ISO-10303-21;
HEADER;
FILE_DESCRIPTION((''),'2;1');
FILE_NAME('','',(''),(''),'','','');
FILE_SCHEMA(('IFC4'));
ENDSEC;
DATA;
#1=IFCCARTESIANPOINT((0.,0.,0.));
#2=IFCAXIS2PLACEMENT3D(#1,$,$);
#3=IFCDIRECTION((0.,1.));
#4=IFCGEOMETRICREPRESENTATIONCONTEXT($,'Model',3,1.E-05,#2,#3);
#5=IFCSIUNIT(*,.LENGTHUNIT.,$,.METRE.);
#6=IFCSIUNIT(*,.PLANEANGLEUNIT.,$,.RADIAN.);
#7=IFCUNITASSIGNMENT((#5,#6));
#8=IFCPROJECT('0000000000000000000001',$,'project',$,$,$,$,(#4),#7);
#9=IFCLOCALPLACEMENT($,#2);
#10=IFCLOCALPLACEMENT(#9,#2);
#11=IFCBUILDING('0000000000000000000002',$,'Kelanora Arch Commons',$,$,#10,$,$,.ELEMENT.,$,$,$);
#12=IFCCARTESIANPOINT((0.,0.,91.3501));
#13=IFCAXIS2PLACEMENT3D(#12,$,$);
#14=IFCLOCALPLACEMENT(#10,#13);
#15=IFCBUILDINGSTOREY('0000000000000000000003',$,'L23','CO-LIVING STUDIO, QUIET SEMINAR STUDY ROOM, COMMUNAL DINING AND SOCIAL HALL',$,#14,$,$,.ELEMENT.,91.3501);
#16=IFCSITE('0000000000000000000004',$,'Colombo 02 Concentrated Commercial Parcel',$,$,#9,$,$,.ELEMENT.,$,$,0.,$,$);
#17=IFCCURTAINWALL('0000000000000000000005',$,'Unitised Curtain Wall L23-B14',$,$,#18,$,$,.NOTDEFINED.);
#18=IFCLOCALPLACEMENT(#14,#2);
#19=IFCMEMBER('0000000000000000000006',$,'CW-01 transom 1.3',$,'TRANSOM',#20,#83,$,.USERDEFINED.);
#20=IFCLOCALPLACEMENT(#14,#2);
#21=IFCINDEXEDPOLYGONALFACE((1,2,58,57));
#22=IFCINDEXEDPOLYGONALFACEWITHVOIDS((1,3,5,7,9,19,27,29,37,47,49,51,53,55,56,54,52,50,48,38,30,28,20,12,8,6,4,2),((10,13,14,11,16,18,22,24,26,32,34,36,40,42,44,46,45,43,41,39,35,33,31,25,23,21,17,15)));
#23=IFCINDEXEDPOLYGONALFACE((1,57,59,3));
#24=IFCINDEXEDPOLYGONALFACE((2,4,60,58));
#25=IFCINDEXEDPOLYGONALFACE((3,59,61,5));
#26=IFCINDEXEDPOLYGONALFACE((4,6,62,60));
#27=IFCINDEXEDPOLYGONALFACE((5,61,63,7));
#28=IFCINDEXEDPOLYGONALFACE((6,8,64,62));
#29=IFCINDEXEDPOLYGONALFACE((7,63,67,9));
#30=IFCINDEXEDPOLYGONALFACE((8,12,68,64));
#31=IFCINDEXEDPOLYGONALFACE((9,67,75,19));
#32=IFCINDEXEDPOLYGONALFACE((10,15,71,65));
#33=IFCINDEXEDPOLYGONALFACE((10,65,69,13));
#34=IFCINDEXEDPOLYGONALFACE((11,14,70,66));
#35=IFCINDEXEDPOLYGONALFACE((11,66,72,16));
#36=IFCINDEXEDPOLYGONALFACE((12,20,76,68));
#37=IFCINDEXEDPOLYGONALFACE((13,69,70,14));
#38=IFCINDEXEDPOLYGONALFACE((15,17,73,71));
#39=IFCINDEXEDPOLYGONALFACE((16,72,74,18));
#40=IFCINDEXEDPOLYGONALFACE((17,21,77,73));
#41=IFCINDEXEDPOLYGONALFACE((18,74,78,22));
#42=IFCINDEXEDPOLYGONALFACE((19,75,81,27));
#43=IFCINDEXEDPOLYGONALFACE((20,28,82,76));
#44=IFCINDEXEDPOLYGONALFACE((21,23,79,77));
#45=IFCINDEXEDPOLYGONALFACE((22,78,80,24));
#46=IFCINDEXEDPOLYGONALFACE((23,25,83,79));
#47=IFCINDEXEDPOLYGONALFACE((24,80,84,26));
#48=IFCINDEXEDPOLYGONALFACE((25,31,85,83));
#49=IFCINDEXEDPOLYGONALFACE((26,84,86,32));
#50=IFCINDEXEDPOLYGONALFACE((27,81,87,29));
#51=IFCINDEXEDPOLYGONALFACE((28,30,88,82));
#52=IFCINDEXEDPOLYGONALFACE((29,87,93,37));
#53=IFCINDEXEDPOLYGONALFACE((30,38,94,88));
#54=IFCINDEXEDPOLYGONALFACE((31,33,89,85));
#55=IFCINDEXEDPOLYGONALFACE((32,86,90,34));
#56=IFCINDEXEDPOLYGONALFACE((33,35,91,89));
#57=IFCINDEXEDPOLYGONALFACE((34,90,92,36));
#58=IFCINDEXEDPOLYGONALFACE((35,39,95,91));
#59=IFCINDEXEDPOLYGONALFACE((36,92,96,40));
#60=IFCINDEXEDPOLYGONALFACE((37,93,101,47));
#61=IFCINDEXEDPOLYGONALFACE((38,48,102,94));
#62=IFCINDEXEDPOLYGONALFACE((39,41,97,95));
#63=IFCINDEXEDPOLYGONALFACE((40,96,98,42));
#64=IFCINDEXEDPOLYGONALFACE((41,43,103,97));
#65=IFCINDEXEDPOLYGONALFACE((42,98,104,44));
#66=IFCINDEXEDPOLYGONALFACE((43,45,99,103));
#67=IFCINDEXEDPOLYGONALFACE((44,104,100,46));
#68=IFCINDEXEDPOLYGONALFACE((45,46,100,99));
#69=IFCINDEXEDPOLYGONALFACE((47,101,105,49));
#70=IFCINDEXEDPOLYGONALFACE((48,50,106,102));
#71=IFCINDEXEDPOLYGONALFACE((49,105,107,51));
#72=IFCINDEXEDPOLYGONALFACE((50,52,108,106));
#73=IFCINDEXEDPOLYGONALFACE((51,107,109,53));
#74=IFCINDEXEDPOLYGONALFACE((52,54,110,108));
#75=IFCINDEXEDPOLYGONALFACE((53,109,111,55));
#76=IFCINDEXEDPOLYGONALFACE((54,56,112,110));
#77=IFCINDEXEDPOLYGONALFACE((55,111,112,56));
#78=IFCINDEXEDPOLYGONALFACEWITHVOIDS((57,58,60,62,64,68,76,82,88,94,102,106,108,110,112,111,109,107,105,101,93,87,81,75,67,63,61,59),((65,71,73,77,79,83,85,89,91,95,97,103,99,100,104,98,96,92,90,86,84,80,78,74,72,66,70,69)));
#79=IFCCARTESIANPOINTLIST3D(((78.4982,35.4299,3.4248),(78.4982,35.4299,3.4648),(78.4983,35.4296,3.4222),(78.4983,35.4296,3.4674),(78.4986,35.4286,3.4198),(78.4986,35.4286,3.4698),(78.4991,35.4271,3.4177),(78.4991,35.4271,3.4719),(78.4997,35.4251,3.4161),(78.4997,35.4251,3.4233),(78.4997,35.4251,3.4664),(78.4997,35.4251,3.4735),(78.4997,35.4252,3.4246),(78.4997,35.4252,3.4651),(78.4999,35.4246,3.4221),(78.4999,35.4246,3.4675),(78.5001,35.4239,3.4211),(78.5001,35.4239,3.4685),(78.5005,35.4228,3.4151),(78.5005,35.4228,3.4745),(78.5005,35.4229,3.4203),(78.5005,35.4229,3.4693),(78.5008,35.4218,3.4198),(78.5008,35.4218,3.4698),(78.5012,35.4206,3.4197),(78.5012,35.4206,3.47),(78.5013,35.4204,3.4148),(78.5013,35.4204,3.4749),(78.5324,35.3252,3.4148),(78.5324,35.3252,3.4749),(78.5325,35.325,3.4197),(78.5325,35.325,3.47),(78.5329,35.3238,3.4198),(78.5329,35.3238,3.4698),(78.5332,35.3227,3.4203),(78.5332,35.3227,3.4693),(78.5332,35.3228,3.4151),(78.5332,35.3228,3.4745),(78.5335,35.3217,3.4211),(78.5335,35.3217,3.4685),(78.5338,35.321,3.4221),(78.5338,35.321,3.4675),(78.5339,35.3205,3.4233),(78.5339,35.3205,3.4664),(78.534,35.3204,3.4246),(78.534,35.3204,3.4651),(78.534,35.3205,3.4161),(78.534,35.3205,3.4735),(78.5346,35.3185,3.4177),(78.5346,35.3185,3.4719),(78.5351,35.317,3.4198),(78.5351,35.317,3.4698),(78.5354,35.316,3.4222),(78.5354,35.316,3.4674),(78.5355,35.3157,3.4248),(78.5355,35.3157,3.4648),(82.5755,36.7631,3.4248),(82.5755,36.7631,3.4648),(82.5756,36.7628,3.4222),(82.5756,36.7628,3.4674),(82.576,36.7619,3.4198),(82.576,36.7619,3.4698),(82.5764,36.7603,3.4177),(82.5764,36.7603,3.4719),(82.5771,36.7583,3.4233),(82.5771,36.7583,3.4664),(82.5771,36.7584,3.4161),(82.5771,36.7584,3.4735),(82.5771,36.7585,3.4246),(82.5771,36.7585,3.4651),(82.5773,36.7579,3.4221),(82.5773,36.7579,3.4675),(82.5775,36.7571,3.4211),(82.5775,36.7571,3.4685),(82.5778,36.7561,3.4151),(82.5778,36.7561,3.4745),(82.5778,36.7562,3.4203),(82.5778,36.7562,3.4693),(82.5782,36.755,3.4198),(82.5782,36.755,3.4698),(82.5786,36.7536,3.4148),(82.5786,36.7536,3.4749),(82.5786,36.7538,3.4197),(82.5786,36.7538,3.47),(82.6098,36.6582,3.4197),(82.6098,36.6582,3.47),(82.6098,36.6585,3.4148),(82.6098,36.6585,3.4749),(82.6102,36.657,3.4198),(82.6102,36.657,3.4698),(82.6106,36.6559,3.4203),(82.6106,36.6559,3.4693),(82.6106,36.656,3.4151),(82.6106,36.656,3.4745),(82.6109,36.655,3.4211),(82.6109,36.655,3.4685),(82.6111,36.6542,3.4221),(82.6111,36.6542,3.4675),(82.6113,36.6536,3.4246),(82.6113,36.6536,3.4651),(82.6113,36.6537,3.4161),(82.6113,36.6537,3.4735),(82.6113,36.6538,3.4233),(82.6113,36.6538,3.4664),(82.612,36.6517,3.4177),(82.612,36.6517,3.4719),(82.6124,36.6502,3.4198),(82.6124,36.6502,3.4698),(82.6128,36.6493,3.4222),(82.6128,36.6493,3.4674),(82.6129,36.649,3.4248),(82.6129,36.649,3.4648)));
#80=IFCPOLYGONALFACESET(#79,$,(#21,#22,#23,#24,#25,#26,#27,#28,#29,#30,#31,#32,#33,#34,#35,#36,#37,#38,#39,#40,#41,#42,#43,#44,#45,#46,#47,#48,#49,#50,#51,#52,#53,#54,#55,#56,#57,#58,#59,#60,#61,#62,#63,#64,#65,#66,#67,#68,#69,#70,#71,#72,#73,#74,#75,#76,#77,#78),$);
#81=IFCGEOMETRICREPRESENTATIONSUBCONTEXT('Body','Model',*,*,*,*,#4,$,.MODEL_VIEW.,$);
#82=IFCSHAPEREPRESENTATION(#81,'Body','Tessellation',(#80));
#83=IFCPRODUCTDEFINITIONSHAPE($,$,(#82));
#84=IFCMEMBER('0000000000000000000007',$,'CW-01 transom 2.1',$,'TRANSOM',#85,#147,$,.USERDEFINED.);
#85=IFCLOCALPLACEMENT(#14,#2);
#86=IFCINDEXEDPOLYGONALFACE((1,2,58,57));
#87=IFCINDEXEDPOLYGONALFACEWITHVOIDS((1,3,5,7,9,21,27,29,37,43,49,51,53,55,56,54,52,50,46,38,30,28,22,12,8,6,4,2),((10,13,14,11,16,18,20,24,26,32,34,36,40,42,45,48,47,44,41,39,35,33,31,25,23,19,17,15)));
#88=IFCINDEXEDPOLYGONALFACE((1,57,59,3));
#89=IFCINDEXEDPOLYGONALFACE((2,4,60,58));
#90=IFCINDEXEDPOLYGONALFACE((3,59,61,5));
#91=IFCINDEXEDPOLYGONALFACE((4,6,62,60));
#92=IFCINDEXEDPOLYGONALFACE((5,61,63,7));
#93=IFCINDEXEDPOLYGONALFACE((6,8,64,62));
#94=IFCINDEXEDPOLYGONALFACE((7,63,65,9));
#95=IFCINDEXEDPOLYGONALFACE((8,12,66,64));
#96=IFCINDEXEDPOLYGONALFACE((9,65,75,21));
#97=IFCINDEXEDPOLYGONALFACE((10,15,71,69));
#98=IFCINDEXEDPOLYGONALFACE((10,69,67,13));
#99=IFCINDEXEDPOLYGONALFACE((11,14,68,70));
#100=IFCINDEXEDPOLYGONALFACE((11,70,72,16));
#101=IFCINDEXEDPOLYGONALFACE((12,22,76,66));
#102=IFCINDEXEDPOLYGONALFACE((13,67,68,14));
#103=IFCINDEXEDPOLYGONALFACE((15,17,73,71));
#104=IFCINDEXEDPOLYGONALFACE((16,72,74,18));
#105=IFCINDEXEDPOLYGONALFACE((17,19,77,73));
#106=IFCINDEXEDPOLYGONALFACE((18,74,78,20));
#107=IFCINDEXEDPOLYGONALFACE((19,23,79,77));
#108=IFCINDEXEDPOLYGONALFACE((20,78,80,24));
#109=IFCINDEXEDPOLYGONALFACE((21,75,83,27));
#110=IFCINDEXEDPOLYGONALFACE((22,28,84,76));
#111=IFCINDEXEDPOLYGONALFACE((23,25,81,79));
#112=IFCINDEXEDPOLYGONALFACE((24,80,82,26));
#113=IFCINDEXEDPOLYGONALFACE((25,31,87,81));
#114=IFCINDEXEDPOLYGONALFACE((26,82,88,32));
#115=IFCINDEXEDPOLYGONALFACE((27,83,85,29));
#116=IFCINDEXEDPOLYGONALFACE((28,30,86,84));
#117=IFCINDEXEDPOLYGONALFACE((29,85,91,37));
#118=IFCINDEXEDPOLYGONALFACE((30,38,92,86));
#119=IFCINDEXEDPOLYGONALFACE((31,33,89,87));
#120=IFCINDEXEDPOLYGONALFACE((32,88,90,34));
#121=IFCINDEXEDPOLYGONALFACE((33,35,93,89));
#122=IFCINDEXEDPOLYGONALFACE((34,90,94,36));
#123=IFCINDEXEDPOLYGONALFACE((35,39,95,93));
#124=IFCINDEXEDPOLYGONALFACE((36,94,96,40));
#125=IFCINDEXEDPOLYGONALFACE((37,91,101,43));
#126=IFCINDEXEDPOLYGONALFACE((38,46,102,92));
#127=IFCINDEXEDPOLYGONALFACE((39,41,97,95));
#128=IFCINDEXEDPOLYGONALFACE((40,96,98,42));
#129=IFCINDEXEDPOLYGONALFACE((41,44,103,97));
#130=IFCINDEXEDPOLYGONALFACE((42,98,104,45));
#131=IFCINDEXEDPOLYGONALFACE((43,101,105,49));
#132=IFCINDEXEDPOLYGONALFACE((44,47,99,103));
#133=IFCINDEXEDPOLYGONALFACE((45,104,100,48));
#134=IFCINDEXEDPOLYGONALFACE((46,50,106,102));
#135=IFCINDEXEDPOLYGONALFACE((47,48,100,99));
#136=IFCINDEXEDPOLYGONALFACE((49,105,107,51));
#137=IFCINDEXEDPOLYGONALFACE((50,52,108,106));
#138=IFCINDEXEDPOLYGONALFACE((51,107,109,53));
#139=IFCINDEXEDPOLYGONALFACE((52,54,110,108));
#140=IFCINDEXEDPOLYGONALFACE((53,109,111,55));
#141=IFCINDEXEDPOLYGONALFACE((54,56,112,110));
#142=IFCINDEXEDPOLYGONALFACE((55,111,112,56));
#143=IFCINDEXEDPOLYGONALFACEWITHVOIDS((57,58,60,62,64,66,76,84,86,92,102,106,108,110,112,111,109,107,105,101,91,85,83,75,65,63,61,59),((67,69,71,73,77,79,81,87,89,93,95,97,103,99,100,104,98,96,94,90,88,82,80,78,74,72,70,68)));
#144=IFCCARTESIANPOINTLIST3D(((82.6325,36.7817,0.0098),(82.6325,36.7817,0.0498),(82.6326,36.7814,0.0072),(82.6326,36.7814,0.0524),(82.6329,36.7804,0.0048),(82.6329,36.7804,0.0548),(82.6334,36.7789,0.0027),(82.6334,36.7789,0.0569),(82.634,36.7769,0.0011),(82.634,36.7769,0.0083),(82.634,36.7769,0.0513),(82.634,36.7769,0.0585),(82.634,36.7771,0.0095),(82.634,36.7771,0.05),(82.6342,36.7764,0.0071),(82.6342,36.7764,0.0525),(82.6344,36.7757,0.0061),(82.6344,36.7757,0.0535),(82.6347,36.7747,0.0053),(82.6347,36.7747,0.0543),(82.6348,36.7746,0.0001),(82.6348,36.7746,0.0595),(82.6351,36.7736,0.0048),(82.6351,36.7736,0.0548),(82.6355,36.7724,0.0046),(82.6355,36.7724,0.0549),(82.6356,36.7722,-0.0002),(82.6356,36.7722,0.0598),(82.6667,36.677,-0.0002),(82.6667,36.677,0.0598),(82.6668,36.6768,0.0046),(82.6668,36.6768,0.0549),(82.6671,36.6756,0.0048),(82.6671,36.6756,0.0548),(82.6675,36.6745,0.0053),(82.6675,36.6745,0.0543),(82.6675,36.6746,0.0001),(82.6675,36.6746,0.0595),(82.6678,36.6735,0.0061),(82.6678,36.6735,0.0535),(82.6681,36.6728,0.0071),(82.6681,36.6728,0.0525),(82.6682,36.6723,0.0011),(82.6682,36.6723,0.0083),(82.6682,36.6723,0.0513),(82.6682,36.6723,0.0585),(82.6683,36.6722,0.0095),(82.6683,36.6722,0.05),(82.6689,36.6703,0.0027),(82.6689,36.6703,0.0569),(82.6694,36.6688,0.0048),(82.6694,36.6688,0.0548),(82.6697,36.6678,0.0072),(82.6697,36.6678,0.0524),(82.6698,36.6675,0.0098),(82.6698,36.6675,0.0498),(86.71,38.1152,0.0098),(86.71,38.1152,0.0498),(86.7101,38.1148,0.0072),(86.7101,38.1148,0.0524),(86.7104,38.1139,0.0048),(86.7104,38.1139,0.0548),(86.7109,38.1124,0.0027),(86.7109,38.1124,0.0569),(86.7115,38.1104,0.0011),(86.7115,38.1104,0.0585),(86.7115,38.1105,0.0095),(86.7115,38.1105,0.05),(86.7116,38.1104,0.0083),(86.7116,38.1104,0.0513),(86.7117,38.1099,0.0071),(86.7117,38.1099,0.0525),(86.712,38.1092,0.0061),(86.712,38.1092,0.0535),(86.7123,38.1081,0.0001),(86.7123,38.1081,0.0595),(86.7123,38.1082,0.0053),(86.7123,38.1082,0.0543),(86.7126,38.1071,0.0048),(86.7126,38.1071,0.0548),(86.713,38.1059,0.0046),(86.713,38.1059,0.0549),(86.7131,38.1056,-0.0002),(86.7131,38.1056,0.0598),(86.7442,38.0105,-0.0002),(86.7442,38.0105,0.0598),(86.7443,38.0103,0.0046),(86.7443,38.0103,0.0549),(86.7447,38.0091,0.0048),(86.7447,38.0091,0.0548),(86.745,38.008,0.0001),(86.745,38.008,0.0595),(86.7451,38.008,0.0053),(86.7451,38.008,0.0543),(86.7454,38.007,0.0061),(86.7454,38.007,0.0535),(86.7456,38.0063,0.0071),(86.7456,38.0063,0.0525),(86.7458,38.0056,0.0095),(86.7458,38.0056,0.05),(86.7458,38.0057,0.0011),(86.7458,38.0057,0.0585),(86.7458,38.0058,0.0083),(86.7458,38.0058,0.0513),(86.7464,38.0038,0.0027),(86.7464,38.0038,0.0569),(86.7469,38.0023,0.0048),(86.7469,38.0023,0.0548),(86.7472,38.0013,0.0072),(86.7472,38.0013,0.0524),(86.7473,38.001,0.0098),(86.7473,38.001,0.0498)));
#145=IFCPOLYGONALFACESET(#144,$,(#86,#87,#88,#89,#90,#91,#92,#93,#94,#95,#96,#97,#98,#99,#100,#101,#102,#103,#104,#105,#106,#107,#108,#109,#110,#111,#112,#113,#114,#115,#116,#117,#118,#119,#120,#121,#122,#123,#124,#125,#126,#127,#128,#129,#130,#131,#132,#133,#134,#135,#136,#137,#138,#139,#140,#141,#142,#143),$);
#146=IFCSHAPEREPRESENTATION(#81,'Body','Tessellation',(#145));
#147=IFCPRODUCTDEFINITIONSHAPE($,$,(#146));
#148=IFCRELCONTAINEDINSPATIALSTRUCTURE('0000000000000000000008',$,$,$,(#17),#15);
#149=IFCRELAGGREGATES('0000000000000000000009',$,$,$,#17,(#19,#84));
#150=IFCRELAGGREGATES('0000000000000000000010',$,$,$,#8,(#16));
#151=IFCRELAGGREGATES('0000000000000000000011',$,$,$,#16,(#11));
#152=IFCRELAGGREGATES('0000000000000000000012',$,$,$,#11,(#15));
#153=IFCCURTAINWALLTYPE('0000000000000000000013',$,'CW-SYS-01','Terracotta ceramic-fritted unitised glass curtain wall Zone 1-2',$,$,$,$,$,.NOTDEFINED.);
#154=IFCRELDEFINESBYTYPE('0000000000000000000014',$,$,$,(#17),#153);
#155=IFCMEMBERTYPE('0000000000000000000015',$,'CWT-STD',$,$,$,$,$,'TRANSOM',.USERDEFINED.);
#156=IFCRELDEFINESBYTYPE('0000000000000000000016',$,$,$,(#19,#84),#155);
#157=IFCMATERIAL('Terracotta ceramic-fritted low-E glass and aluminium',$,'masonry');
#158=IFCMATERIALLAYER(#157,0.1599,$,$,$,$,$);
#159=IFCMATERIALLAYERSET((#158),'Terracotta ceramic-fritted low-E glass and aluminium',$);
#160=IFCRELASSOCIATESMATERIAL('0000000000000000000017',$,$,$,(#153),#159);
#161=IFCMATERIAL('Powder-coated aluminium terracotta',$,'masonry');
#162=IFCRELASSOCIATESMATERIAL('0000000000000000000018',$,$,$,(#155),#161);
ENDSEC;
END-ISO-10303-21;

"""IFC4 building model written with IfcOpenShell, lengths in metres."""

from ifc_helpers import new_model, si_unit, direction, frame, origin, origin_2d, place, context, subcontext, project, spatial, hollow_rectangle, extrude, material, layer, layer_set, material_profile, profile_set, type_object, element, aggregate, save


model = new_model("IFC4")

# Units and contexts
model_context = context("Model", 3, precision=1e-05, world=origin(), true_north=direction((0.0, 1.0)))
body_context = subcontext(model_context, "Body", "Model", "MODEL_VIEW")
ifc_project = project(units=[si_unit("LENGTHUNIT", "METRE"), si_unit("PLANEANGLEUNIT", "RADIAN")], contexts=[model_context])

# Site, building, storey
site_placement = place(None, origin())
site = spatial("IfcSite", under=ifc_project, at=site_placement, Name="Colombo 02 Concentrated Commercial Parcel", CompositionType="ELEMENT", RefElevation=0.0)
building_placement = place(site_placement, origin())
building = spatial("IfcBuilding", under=site, at=building_placement, Name="Kelanora Arch Commons", CompositionType="ELEMENT")
storey_placement = place(building_placement, frame((0.0, 0.0, 91.3501)))
storey = spatial("IfcBuildingStorey", under=building, at=storey_placement, Name="L23", Description="CO-LIVING STUDIO, QUIET SEMINAR STUDY ROOM, COMMUNAL DINING AND SOCIAL HALL", CompositionType="ELEMENT", Elevation=91.3501)

# Curtain wall, members
ifc_material_1 = material(Name="Terracotta ceramic-fritted low-E glass and aluminium", Category="masonry")
ifc_layer_1 = layer(ifc_material_1, 0.1599)
ifc_layer_set_1 = layer_set([ifc_layer_1], Name="Terracotta ceramic-fritted low-E glass and aluminium")
curtain_wall_type = type_object("IfcCurtainWallType", Name="CW-SYS-01", Description="Terracotta ceramic-fritted unitised glass curtain wall Zone 1-2", PredefinedType="NOTDEFINED", material=ifc_layer_set_1)
curtain_wall_placement = place(storey_placement, origin())
curtain_wall = element("IfcCurtainWall", 1, at=curtain_wall_placement, inside=storey, type_object=curtain_wall_type, Name="Unitised Curtain Wall L23-B14", PredefinedType="NOTDEFINED")
ifc_material_2 = material(Name="Powder-coated aluminium terracotta", Category="masonry")
ifc_material_profile_1 = material_profile(ifc_material_2, hollow_rectangle(XDim=0.1201, YDim=0.0601, WallThickness=0.0049, InnerFilletRadius=0.0049, OuterFilletRadius=0.01, at=origin_2d()), Name="CWT120x60")
ifc_profile_set_1 = profile_set([ifc_material_profile_1], Name="Powder-coated aluminium terracotta")
member_type_1 = type_object("IfcMemberType", Name="CWT-STD", ElementType="TRANSOM", PredefinedType="USERDEFINED", material=ifc_profile_set_1)
member_1_placement = place(storey_placement, frame((78.5168, 35.3728, 3.4448), z_axis=(0.950478, 0.310793, 0.0), x_axis=(-0.310793, 0.950478, 0.0)))
member_1 = element("IfcMember", 2, at=member_1_placement, type_object=member_type_1, Name="CW-01 transom 1.3", ObjectType="TRANSOM", PredefinedType="USERDEFINED", context=body_context, shape_type="SweptSolid", body=[
    extrude(hollow_rectangle(XDim=0.1201, YDim=0.0601, WallThickness=0.0049, InnerFilletRadius=0.0049, OuterFilletRadius=0.01, at=origin_2d()), origin(), (0.0, 0.0, 1.0), 4.2898),
])
member_2_placement = place(storey_placement, frame((82.6511, 36.7246, 0.0298), z_axis=(0.950466, 0.310828, 0.0), x_axis=(-0.310828, 0.950466, 0.0)))
member_2 = element("IfcMember", 3, at=member_2_placement, type_object=member_type_1, Name="CW-01 transom 2.1", ObjectType="TRANSOM", PredefinedType="USERDEFINED", context=body_context, shape_type="SweptSolid", body=[
    extrude(hollow_rectangle(XDim=0.1201, YDim=0.0601, WallThickness=0.0049, InnerFilletRadius=0.0049, OuterFilletRadius=0.01, at=origin_2d()), origin(), (0.0, 0.0, 1.0), 4.29),
])
aggregate(curtain_wall, [member_1, member_2])

save(model, "model.ifc")
